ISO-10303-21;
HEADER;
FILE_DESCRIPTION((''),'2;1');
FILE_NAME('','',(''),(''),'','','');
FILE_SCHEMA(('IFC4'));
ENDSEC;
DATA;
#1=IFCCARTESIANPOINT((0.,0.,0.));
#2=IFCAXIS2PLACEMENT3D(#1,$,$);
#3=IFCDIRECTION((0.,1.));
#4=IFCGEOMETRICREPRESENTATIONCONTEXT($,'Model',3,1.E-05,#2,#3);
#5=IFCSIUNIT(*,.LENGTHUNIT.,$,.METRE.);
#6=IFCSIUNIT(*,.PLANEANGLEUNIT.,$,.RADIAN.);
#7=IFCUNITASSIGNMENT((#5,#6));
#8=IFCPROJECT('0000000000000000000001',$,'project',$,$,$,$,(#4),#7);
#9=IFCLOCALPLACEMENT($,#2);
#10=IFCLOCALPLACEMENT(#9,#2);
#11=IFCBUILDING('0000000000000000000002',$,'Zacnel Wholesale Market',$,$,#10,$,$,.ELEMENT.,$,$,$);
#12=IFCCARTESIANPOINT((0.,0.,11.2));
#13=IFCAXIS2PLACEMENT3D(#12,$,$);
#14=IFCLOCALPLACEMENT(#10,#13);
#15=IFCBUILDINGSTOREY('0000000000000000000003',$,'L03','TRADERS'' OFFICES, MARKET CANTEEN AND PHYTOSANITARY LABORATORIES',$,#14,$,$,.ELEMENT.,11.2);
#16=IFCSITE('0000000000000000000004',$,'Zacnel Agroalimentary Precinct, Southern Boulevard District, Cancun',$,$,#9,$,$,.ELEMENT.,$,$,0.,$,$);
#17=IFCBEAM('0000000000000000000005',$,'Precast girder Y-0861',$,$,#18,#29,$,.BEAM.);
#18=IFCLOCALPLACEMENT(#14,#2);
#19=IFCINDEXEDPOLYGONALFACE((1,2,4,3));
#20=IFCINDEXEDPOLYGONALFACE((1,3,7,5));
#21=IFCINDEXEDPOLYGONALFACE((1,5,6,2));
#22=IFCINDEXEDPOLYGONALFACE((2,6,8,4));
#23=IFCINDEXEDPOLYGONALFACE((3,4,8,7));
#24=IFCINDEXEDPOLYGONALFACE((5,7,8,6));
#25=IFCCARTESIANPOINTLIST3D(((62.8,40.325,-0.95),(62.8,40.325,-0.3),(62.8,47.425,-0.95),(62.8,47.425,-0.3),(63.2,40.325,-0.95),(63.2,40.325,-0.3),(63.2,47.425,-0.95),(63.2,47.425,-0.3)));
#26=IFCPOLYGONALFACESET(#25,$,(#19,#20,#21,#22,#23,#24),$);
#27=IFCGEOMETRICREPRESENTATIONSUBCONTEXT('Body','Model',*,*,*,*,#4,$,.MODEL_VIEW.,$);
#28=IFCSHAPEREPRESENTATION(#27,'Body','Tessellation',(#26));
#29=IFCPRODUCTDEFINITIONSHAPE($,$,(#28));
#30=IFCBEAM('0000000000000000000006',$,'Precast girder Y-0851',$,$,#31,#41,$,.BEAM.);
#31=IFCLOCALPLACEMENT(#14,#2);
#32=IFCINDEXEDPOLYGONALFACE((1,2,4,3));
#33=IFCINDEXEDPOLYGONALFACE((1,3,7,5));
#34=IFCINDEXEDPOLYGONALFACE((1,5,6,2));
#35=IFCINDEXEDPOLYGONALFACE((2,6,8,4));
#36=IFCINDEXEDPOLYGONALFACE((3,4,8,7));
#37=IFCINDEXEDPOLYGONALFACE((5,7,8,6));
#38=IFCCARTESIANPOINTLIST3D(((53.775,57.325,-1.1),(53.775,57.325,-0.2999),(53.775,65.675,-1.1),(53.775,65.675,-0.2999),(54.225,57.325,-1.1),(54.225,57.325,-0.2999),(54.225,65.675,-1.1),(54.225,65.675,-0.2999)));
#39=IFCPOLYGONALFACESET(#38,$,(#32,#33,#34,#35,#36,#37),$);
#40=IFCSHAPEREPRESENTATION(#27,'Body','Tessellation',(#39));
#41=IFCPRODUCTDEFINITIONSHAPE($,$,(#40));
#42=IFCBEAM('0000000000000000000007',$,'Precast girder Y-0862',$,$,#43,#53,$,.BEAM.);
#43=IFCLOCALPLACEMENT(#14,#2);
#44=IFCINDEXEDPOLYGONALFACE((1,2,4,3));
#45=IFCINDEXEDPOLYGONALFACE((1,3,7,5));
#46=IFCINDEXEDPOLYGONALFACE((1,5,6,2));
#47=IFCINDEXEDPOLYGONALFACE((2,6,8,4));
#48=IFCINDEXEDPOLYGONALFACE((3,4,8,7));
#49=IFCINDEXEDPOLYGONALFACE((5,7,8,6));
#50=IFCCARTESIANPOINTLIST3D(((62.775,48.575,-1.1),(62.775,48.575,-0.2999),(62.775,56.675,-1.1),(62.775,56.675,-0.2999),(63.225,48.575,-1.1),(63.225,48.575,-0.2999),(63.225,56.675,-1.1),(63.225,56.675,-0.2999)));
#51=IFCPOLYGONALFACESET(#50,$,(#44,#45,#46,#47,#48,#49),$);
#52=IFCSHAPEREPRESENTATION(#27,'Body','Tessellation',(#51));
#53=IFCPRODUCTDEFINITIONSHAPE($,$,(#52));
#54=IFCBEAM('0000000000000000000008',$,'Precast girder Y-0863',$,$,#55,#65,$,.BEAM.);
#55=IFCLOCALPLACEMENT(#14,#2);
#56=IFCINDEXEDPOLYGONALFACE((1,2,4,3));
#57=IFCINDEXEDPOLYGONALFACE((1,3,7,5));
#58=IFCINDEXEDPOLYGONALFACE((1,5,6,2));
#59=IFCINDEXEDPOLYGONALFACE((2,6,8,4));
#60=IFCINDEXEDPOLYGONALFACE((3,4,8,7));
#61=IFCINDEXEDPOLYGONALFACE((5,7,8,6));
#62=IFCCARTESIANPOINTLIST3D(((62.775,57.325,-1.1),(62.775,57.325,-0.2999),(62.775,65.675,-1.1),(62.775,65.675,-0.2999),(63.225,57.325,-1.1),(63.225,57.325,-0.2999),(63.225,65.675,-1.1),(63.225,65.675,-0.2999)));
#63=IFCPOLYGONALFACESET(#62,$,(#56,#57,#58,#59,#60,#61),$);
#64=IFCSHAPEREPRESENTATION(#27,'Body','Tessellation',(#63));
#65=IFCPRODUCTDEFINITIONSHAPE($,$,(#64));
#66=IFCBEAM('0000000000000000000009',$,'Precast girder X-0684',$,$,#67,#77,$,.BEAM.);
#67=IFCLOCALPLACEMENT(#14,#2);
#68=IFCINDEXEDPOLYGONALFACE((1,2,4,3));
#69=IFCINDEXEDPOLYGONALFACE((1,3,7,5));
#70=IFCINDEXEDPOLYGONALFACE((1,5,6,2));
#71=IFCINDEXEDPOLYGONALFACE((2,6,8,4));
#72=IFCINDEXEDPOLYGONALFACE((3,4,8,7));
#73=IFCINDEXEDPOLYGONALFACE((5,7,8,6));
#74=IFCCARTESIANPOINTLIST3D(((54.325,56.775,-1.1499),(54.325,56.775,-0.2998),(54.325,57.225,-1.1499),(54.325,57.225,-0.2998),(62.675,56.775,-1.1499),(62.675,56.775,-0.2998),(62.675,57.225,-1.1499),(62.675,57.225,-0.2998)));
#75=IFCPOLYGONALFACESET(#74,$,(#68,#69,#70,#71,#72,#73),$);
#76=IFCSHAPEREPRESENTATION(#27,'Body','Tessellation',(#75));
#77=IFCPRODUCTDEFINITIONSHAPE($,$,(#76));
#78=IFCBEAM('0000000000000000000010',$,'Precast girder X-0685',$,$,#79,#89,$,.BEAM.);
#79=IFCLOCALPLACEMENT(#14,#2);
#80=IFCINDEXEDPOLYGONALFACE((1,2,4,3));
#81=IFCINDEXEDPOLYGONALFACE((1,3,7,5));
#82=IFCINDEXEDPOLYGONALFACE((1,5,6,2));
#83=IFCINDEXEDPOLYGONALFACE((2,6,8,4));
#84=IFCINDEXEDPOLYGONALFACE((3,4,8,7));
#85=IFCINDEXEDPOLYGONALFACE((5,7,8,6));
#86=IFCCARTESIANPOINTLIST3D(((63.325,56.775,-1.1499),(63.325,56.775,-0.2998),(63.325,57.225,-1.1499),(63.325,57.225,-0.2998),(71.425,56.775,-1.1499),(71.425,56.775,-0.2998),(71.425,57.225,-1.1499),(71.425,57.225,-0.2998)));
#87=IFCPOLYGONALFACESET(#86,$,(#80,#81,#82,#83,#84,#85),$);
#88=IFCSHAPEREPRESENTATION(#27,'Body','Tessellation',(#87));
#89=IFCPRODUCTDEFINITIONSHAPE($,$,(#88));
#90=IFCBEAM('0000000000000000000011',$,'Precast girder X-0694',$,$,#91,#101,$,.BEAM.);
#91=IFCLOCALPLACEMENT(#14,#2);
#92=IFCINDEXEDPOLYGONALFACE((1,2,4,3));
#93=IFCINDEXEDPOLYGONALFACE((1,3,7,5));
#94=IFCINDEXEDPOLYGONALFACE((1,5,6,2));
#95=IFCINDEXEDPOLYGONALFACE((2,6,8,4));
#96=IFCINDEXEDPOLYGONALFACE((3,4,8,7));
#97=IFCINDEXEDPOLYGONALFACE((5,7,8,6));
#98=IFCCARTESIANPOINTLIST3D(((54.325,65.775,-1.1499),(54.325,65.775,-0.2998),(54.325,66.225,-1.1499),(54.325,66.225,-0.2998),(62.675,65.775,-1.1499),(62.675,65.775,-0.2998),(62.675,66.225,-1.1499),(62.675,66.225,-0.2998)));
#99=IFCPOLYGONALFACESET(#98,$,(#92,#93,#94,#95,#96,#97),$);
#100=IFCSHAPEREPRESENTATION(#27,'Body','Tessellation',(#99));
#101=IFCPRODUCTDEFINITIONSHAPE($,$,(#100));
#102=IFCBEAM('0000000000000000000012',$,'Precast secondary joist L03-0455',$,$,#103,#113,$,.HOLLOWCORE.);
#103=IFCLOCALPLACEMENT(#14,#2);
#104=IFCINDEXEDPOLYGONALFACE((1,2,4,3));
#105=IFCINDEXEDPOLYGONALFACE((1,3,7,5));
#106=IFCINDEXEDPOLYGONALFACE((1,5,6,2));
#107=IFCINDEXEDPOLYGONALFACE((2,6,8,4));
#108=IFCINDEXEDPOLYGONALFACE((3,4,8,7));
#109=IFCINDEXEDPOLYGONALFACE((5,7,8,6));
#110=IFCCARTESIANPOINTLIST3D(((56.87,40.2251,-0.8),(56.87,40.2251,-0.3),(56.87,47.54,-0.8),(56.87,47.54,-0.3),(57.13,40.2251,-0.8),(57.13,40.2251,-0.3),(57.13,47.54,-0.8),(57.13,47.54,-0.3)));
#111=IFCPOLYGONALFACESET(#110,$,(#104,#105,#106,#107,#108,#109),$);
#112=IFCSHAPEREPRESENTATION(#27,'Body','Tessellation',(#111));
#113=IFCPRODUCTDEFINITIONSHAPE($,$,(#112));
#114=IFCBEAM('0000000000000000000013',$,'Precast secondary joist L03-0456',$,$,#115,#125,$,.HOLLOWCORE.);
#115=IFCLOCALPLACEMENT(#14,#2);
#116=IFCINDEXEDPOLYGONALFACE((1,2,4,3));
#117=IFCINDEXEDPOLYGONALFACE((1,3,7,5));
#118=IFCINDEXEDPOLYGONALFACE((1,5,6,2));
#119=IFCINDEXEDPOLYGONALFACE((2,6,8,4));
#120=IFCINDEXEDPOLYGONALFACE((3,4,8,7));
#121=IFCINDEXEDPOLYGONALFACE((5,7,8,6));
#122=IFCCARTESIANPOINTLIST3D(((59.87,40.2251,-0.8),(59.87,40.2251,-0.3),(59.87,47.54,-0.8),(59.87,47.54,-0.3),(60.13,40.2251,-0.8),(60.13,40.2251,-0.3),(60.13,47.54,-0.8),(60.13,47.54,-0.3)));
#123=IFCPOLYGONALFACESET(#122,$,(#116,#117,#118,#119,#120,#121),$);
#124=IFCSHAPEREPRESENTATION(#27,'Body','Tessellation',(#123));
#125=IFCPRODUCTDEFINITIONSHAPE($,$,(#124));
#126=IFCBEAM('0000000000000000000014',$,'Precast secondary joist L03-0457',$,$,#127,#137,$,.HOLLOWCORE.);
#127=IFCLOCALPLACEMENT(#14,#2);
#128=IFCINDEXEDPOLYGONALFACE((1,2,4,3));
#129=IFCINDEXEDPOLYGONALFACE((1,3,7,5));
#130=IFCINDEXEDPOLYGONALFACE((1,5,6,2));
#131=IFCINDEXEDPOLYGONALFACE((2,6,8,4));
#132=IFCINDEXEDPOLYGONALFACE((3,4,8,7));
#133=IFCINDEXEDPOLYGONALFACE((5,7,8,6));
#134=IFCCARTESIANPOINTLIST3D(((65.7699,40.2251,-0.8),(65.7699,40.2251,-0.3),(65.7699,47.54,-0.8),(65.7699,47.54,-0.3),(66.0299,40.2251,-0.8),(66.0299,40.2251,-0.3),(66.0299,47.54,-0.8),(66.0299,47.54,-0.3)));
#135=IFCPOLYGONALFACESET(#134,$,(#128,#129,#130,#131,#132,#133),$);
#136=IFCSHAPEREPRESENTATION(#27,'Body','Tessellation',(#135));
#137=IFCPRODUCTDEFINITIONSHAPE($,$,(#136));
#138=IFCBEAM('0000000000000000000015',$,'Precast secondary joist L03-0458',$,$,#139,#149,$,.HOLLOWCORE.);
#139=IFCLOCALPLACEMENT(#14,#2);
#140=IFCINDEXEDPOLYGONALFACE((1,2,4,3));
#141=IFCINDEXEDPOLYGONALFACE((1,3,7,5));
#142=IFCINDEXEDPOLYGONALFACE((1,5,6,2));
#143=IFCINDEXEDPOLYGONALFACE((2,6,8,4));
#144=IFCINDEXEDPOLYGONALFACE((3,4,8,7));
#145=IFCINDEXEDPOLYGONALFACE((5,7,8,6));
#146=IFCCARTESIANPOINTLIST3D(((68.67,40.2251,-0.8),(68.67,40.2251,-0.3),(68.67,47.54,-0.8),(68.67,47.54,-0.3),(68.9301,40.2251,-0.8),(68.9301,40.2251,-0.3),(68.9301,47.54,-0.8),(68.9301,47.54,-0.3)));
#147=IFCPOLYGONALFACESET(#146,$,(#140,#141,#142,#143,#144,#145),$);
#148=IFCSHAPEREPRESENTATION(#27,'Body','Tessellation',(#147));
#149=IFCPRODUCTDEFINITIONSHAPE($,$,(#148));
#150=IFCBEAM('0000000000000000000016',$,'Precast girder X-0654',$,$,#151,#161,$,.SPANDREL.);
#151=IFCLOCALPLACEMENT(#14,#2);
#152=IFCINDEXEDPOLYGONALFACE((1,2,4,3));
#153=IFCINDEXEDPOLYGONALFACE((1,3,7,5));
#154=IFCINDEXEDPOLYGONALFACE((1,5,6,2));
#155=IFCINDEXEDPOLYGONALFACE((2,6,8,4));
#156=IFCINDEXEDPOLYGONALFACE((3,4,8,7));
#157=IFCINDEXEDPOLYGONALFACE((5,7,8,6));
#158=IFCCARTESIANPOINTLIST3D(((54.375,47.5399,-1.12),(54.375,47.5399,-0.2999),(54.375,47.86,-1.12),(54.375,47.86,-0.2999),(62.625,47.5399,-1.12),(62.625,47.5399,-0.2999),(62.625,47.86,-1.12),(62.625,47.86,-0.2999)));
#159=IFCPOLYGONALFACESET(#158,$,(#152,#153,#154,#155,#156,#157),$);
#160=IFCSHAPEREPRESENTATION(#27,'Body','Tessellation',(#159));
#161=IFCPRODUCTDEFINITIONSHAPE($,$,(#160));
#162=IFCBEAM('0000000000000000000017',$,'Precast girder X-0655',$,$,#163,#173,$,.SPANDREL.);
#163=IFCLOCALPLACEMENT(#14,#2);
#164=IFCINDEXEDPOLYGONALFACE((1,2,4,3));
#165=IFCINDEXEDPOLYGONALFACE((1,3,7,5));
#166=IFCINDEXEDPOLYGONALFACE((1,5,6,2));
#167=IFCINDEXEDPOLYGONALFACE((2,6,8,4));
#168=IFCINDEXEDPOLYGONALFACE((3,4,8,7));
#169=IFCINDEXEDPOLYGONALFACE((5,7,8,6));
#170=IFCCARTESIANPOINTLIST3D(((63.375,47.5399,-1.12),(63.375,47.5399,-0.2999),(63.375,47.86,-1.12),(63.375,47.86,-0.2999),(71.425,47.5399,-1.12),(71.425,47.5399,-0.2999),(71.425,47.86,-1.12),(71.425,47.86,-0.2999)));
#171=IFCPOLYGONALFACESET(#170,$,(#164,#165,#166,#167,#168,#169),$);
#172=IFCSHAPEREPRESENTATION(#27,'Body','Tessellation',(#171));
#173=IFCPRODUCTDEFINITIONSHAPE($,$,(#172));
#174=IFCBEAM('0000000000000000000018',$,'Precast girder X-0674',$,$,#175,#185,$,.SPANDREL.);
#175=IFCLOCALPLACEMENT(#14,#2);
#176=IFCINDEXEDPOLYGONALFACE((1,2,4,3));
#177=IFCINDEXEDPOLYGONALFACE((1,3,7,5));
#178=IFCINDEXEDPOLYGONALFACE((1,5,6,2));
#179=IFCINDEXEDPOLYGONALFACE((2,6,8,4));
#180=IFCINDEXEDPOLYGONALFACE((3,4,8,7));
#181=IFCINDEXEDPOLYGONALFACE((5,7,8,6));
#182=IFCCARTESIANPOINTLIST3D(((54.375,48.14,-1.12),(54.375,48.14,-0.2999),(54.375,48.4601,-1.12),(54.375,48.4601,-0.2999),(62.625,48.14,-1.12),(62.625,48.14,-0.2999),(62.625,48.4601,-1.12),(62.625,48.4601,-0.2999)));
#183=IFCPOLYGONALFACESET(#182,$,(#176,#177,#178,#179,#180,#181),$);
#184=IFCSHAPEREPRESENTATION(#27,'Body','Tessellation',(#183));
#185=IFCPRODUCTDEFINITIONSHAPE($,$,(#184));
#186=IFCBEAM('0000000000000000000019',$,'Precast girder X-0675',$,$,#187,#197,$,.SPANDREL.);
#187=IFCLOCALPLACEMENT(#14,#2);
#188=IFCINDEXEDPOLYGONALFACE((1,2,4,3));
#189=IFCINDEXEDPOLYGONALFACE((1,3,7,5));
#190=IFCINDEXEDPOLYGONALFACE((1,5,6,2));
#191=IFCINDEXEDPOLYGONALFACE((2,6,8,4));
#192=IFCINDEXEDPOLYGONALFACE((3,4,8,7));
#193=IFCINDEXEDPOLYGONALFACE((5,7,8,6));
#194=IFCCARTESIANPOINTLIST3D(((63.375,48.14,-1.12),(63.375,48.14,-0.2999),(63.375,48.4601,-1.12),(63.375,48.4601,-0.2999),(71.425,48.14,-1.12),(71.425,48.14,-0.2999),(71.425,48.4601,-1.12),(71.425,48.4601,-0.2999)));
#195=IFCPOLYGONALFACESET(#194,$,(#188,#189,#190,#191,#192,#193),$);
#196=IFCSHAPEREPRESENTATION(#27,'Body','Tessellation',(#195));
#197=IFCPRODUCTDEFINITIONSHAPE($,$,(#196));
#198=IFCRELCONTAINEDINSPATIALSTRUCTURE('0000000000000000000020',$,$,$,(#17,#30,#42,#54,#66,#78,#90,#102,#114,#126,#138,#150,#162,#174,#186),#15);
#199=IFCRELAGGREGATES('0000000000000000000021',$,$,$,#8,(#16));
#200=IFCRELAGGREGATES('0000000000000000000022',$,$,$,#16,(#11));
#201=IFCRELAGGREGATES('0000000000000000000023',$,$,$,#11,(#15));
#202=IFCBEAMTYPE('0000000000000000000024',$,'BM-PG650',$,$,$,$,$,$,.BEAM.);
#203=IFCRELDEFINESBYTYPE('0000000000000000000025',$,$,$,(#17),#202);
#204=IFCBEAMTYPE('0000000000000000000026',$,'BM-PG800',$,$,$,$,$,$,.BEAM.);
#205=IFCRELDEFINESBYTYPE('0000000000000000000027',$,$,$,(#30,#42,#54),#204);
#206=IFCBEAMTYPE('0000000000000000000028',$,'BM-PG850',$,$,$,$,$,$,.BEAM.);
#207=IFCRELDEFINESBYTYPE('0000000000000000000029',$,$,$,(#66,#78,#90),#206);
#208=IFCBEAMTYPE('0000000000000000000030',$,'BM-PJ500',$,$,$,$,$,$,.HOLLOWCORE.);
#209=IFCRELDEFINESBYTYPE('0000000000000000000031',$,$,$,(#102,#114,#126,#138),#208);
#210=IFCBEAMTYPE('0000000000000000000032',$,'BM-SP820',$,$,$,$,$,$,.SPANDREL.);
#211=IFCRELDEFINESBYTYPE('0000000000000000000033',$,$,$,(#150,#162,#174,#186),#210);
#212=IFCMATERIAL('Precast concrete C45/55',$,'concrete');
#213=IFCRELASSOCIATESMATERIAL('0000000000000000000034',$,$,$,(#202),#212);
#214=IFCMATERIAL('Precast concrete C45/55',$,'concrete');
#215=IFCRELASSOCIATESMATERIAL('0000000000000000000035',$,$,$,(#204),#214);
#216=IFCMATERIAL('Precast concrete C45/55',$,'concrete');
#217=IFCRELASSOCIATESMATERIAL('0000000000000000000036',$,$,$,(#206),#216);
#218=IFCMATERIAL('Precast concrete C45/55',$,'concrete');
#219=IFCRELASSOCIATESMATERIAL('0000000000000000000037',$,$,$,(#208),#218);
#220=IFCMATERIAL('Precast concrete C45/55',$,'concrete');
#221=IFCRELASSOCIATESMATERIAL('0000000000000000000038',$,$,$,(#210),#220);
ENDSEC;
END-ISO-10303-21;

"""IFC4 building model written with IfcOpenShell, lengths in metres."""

from ifc_helpers import new_model, si_unit, direction, frame, origin, origin_2d, place, context, subcontext, project, spatial, rectangle, extrude, material, material_profile, profile_set, type_object, element, save


model = new_model("IFC4")

# Units and contexts
model_context = context("Model", 3, precision=1e-05, world=origin(), true_north=direction((0.0, 1.0)))
body_context = subcontext(model_context, "Body", "Model", "MODEL_VIEW")
ifc_project = project(units=[si_unit("LENGTHUNIT", "METRE"), si_unit("PLANEANGLEUNIT", "RADIAN")], contexts=[model_context])

# Site, building, storey
site_placement = place(None, origin())
site = spatial("IfcSite", under=ifc_project, at=site_placement, Name="Zacnel Agroalimentary Precinct, Southern Boulevard District, Cancun", CompositionType="ELEMENT", RefElevation=0.0)
building_placement = place(site_placement, origin())
building = spatial("IfcBuilding", under=site, at=building_placement, Name="Zacnel Wholesale Market", CompositionType="ELEMENT")
storey_placement = place(building_placement, frame((0.0, 0.0, 11.2)))
storey = spatial("IfcBuildingStorey", under=building, at=storey_placement, Name="L03", Description="TRADERS' OFFICES, MARKET CANTEEN AND PHYTOSANITARY LABORATORIES", CompositionType="ELEMENT", Elevation=11.2)

# Beams
ifc_material_1 = material(Name="Precast concrete C45/55", Category="concrete")
ifc_material_profile_1 = material_profile(ifc_material_1, rectangle(XDim=0.3999, YDim=0.6499, at=origin_2d()), Name="PG 400x650")
ifc_profile_set_1 = profile_set([ifc_material_profile_1], Name="Precast concrete C45/55")
beam_type_1 = type_object("IfcBeamType", Name="BM-PG650", PredefinedType="BEAM", material=ifc_profile_set_1)
beam_1_placement = place(storey_placement, frame((63.0, 40.325, -0.625), z_axis=(0.0, 1.0, 0.0), x_axis=(-1.0, 0.0, 0.0)))
element("IfcBeam", 1, at=beam_1_placement, inside=storey, type_object=beam_type_1, Name="Precast girder Y-0861", PredefinedType="BEAM", context=body_context, shape_type="SweptSolid", body=[
    extrude(rectangle(XDim=0.3999, YDim=0.6499, at=origin_2d()), origin(), (0.0, 0.0, 1.0), 7.1001),
])
ifc_material_2 = material(Name="Precast concrete C45/55", Category="concrete")
ifc_material_profile_2 = material_profile(ifc_material_2, rectangle(XDim=0.45, YDim=0.8, at=origin_2d()), Name="PG 450x800")
ifc_profile_set_2 = profile_set([ifc_material_profile_2], Name="Precast concrete C45/55")
beam_type_2 = type_object("IfcBeamType", Name="BM-PG800", PredefinedType="BEAM", material=ifc_profile_set_2)
beam_2_placement = place(storey_placement, frame((54.0, 57.325, -0.7), z_axis=(0.0, 1.0, 0.0), x_axis=(-1.0, 0.0, 0.0)))
element("IfcBeam", 2, at=beam_2_placement, inside=storey, type_object=beam_type_2, Name="Precast girder Y-0851", PredefinedType="BEAM", context=body_context, shape_type="SweptSolid", body=[
    extrude(rectangle(XDim=0.45, YDim=0.8, at=origin_2d()), origin(), (0.0, 0.0, 1.0), 8.3501),
])
beam_3_placement = place(storey_placement, frame((63.0, 48.575, -0.7), z_axis=(0.0, 1.0, 0.0), x_axis=(-1.0, 0.0, 0.0)))
element("IfcBeam", 3, at=beam_3_placement, inside=storey, type_object=beam_type_2, Name="Precast girder Y-0862", PredefinedType="BEAM", context=body_context, shape_type="SweptSolid", body=[
    extrude(rectangle(XDim=0.45, YDim=0.8, at=origin_2d()), origin(), (0.0, 0.0, 1.0), 8.1001),
])
beam_4_placement = place(storey_placement, frame((63.0, 57.325, -0.7), z_axis=(0.0, 1.0, 0.0), x_axis=(-1.0, 0.0, 0.0)))
element("IfcBeam", 4, at=beam_4_placement, inside=storey, type_object=beam_type_2, Name="Precast girder Y-0863", PredefinedType="BEAM", context=body_context, shape_type="SweptSolid", body=[
    extrude(rectangle(XDim=0.45, YDim=0.8, at=origin_2d()), origin(), (0.0, 0.0, 1.0), 8.3501),
])
ifc_material_3 = material(Name="Precast concrete C45/55", Category="concrete")
ifc_material_profile_3 = material_profile(ifc_material_3, rectangle(XDim=0.45, YDim=0.8501, at=origin_2d()), Name="PG 450x850")
ifc_profile_set_3 = profile_set([ifc_material_profile_3], Name="Precast concrete C45/55")
beam_type_3 = type_object("IfcBeamType", Name="BM-PG850", PredefinedType="BEAM", material=ifc_profile_set_3)
beam_5_placement = place(storey_placement, frame((54.325, 57.0, -0.7249), z_axis=(1.0, 0.0, 0.0), x_axis=(0.0, 1.0, 0.0)))
element("IfcBeam", 5, at=beam_5_placement, inside=storey, type_object=beam_type_3, Name="Precast girder X-0684", PredefinedType="BEAM", context=body_context, shape_type="SweptSolid", body=[
    extrude(rectangle(XDim=0.45, YDim=0.8501, at=origin_2d()), origin(), (0.0, 0.0, 1.0), 8.3501),
])
beam_6_placement = place(storey_placement, frame((63.325, 57.0, -0.7249), z_axis=(1.0, 0.0, 0.0), x_axis=(0.0, 1.0, 0.0)))
element("IfcBeam", 6, at=beam_6_placement, inside=storey, type_object=beam_type_3, Name="Precast girder X-0685", PredefinedType="BEAM", context=body_context, shape_type="SweptSolid", body=[
    extrude(rectangle(XDim=0.45, YDim=0.8501, at=origin_2d()), origin(), (0.0, 0.0, 1.0), 8.1001),
])
beam_7_placement = place(storey_placement, frame((54.325, 66.0, -0.7249), z_axis=(1.0, 0.0, 0.0), x_axis=(0.0, 1.0, 0.0)))
element("IfcBeam", 7, at=beam_7_placement, inside=storey, type_object=beam_type_3, Name="Precast girder X-0694", PredefinedType="BEAM", context=body_context, shape_type="SweptSolid", body=[
    extrude(rectangle(XDim=0.45, YDim=0.8501, at=origin_2d()), origin(), (0.0, 0.0, 1.0), 8.3501),
])
ifc_material_4 = material(Name="Precast concrete C45/55", Category="concrete")
ifc_material_profile_4 = material_profile(ifc_material_4, rectangle(XDim=0.26, YDim=0.5, at=origin_2d()), Name="PJ 260x500")
ifc_profile_set_4 = profile_set([ifc_material_profile_4], Name="Precast concrete C45/55")
beam_type_4 = type_object("IfcBeamType", Name="BM-PJ500", PredefinedType="HOLLOWCORE", material=ifc_profile_set_4)
for number, where, z_axis, x_axis, name in (
    (8, (57.0, 40.2251, -0.55), (0.0, 1.0, 0.0), (-1.0, 0.0, 0.0), "Precast secondary joist L03-0455"),
    (9, (60.0, 40.2251, -0.55), (0.0, 1.0, 0.0), (-1.0, 0.0, 0.0), "Precast secondary joist L03-0456"),
    (10, (65.8999, 40.2251, -0.55), (0.0, 1.0, 0.0), (-1.0, 0.0, 0.0), "Precast secondary joist L03-0457"),
    (11, (68.8, 40.2251, -0.55), (0.0, 1.0, 0.0), (-1.0, 0.0, 0.0), "Precast secondary joist L03-0458"),
):
    element("IfcBeam", number, at=place(storey_placement, frame(where, z_axis=z_axis, x_axis=x_axis)), inside=storey, type_object=beam_type_4, Name=name, PredefinedType="HOLLOWCORE", context=body_context, shape_type="SweptSolid", body=[
        extrude(rectangle(XDim=0.26, YDim=0.5, at=origin_2d()), origin(), (0.0, 0.0, 1.0), 7.3149),
    ])
ifc_material_5 = material(Name="Precast concrete C45/55", Category="concrete")
ifc_material_profile_5 = material_profile(ifc_material_5, rectangle(XDim=0.3201, YDim=0.8201, at=origin_2d()), Name="SP 320x820")
ifc_profile_set_5 = profile_set([ifc_material_profile_5], Name="Precast concrete C45/55")
beam_type_5 = type_object("IfcBeamType", Name="BM-SP820", PredefinedType="SPANDREL", material=ifc_profile_set_5)
beam_8_placement = place(storey_placement, frame((54.375, 47.7, -0.71), z_axis=(1.0, 0.0, 0.0), x_axis=(0.0, 1.0, 0.0)))
element("IfcBeam", 12, at=beam_8_placement, inside=storey, type_object=beam_type_5, Name="Precast girder X-0654", PredefinedType="SPANDREL", context=body_context, shape_type="SweptSolid", body=[
    extrude(rectangle(XDim=0.3201, YDim=0.8201, at=origin_2d()), origin(), (0.0, 0.0, 1.0), 8.25),
])
beam_9_placement = place(storey_placement, frame((63.375, 47.7, -0.71), z_axis=(1.0, 0.0, 0.0), x_axis=(0.0, 1.0, 0.0)))
element("IfcBeam", 13, at=beam_9_placement, inside=storey, type_object=beam_type_5, Name="Precast girder X-0655", PredefinedType="SPANDREL", context=body_context, shape_type="SweptSolid", body=[
    extrude(rectangle(XDim=0.3201, YDim=0.8201, at=origin_2d()), origin(), (0.0, 0.0, 1.0), 8.05),
])
beam_10_placement = place(storey_placement, frame((54.375, 48.3, -0.71), z_axis=(1.0, 0.0, 0.0), x_axis=(0.0, 1.0, 0.0)))
element("IfcBeam", 14, at=beam_10_placement, inside=storey, type_object=beam_type_5, Name="Precast girder X-0674", PredefinedType="SPANDREL", context=body_context, shape_type="SweptSolid", body=[
    extrude(rectangle(XDim=0.3201, YDim=0.8201, at=origin_2d()), origin(), (0.0, 0.0, 1.0), 8.25),
])
beam_11_placement = place(storey_placement, frame((63.375, 48.3, -0.71), z_axis=(1.0, 0.0, 0.0), x_axis=(0.0, 1.0, 0.0)))
element("IfcBeam", 15, at=beam_11_placement, inside=storey, type_object=beam_type_5, Name="Precast girder X-0675", PredefinedType="SPANDREL", context=body_context, shape_type="SweptSolid", body=[
    extrude(rectangle(XDim=0.3201, YDim=0.8201, at=origin_2d()), origin(), (0.0, 0.0, 1.0), 8.05),
])

save(model, "model.ifc")
